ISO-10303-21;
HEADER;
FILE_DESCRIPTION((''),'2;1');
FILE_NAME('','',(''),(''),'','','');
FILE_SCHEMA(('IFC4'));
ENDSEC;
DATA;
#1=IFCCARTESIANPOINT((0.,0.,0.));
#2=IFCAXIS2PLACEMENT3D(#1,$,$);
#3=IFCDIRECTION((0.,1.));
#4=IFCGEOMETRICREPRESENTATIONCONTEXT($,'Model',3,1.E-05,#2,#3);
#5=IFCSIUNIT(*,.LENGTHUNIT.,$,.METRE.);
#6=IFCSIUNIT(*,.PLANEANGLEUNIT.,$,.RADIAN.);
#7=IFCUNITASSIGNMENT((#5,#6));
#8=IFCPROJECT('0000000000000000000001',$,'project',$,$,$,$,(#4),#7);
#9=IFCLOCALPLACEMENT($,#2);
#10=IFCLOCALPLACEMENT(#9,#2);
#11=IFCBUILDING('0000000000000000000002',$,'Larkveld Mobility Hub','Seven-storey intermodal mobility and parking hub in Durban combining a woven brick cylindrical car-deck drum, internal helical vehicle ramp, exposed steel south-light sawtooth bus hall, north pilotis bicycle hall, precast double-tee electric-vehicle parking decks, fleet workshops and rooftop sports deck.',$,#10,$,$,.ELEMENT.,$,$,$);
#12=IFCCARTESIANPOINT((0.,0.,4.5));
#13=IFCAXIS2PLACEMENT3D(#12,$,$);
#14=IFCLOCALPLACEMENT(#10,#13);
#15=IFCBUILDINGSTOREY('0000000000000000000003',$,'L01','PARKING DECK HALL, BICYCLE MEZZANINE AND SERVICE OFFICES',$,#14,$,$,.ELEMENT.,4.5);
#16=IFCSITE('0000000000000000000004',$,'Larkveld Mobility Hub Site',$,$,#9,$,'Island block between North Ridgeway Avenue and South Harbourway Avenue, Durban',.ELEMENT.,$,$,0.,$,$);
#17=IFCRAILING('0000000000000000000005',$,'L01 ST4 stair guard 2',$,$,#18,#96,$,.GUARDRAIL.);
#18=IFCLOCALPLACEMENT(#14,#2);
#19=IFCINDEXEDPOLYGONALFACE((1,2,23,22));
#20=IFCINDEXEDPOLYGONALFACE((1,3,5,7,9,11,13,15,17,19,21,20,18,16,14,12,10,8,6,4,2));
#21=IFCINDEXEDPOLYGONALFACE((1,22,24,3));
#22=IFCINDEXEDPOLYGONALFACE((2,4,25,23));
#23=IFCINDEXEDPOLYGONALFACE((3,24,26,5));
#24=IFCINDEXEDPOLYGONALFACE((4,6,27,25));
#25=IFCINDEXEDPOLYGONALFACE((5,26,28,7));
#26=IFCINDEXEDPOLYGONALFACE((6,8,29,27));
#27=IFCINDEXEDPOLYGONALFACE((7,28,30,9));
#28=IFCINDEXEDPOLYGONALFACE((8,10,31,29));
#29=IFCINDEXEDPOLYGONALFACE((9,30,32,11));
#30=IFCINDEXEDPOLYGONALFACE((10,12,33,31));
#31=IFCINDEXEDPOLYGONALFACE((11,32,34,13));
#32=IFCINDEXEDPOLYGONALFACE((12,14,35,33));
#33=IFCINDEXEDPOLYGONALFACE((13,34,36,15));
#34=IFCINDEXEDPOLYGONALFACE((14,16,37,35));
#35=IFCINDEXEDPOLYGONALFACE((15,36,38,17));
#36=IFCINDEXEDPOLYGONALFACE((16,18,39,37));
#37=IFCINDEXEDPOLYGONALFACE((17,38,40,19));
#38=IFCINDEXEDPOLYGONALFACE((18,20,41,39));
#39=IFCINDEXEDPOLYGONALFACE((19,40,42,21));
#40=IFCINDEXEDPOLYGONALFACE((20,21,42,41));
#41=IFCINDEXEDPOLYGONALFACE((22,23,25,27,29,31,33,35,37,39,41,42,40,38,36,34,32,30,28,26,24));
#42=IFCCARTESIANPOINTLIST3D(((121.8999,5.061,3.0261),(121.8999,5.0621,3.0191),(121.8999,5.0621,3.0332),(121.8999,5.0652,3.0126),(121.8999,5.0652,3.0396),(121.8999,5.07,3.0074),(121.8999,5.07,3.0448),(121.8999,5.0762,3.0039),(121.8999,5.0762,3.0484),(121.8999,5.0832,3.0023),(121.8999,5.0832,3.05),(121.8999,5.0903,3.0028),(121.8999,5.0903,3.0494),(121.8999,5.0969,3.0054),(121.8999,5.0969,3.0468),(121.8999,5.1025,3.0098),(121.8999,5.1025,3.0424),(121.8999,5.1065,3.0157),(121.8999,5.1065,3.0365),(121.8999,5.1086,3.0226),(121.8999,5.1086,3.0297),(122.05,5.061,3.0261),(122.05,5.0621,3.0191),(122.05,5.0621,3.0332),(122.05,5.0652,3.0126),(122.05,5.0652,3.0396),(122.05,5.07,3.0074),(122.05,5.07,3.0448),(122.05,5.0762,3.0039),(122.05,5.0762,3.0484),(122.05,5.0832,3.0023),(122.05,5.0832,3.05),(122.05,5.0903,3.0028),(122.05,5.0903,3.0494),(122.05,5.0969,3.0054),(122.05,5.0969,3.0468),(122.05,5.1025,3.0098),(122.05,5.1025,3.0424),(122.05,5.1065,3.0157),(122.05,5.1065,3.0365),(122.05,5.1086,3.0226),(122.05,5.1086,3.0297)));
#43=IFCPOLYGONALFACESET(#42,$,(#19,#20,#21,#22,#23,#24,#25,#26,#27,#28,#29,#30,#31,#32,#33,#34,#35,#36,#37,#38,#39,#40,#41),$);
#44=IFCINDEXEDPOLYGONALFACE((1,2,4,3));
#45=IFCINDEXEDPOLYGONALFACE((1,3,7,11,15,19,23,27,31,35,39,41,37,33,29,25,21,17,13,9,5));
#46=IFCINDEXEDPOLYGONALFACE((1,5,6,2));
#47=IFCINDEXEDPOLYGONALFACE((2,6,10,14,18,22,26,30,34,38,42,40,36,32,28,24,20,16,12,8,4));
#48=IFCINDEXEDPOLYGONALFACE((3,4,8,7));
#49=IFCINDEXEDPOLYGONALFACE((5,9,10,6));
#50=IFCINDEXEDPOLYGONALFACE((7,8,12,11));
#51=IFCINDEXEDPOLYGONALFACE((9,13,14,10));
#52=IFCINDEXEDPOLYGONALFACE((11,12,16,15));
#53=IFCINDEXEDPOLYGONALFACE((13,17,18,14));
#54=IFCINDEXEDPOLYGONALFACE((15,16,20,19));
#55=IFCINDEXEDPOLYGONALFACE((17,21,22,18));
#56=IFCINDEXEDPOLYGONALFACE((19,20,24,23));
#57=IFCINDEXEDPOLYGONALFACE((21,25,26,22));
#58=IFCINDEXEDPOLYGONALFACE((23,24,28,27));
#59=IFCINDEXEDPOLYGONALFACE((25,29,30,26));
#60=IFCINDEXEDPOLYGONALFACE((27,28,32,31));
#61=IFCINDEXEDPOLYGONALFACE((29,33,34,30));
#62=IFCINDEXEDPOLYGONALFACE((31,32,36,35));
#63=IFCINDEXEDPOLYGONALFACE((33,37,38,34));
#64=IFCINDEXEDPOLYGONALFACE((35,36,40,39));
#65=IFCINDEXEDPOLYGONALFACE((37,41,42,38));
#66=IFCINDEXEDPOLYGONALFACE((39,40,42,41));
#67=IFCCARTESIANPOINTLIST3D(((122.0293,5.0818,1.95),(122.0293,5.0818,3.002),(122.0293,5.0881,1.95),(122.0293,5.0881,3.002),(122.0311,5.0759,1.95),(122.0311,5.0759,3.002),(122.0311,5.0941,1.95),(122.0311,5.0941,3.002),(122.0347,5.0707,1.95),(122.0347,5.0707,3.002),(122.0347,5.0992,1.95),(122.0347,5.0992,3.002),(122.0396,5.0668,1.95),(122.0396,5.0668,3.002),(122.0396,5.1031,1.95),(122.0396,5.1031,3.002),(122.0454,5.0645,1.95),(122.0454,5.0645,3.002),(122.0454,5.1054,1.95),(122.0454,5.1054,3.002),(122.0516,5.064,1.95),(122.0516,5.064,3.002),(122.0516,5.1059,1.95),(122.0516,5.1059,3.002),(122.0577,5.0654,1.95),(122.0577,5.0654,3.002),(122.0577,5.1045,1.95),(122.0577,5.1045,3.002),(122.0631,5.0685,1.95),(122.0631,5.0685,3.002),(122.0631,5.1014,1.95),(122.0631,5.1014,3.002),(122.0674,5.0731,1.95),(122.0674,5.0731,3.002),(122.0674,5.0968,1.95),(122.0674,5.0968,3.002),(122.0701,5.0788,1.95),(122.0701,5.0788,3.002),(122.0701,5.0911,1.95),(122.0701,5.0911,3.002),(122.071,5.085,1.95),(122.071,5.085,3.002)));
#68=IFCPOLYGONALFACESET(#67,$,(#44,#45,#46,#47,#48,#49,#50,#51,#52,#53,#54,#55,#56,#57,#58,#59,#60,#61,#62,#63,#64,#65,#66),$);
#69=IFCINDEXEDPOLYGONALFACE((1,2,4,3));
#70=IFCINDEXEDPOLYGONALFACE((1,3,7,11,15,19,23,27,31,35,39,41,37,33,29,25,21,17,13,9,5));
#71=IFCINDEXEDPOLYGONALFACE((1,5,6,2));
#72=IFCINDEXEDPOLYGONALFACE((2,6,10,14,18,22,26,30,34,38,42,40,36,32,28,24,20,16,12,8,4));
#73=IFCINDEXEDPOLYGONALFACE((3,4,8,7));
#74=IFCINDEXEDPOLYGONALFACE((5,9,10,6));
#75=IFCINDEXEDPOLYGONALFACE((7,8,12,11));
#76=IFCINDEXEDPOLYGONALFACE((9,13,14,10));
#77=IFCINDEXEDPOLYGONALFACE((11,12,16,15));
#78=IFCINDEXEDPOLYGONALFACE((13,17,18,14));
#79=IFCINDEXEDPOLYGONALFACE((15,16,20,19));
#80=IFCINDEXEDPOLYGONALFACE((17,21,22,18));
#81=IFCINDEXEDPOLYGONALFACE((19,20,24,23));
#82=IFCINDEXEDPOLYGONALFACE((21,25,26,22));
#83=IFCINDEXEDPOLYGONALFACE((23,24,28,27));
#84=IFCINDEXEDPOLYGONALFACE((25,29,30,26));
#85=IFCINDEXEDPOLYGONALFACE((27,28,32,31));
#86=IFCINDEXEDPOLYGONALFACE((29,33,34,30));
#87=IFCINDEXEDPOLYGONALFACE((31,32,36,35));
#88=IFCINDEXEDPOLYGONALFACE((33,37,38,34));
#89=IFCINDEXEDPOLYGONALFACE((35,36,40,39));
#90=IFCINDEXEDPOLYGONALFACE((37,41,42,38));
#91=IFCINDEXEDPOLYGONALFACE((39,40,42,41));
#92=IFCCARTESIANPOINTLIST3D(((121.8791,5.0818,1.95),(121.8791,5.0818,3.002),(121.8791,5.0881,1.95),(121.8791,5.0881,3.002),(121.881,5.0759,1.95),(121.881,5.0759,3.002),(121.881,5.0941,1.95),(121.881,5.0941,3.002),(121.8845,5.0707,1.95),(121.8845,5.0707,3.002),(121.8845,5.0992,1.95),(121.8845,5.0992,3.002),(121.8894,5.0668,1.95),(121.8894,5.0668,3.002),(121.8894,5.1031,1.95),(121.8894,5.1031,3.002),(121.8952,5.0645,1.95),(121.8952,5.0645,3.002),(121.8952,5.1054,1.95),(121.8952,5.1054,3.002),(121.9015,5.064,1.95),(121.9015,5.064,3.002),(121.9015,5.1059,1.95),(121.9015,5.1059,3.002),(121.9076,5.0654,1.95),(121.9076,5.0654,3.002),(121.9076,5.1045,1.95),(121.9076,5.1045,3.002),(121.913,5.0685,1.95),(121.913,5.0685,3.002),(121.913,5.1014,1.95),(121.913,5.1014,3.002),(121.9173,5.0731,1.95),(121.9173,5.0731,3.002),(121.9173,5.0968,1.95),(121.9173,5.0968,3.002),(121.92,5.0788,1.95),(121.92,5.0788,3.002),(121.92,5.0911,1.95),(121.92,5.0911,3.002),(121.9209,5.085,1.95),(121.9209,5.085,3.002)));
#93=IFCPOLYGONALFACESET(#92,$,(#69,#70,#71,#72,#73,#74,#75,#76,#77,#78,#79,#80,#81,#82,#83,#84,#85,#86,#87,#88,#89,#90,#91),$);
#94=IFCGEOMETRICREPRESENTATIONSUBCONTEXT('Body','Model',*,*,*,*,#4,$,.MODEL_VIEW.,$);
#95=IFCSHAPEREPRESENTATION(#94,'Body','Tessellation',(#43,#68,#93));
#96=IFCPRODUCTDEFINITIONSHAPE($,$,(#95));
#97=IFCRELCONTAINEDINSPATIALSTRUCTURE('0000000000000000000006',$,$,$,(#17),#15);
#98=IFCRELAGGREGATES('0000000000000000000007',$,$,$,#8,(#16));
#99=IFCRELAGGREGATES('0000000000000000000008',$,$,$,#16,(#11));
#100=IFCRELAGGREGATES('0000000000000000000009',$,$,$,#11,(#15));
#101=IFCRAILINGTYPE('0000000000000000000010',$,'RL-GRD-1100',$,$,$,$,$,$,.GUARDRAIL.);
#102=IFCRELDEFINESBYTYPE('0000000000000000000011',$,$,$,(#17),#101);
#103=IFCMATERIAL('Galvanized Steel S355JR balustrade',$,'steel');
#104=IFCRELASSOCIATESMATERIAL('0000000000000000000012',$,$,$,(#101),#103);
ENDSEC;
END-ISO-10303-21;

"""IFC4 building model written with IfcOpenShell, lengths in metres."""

from ifc_helpers import new_model, si_unit, direction, frame, origin, origin_2d, place, context, subcontext, project, spatial, circle, extrude, material, type_object, element, save


model = new_model("IFC4")

# Units and contexts
model_context = context("Model", 3, precision=1e-05, world=origin(), true_north=direction((0.0, 1.0)))
body_context = subcontext(model_context, "Body", "Model", "MODEL_VIEW")
ifc_project = project(units=[si_unit("LENGTHUNIT", "METRE"), si_unit("PLANEANGLEUNIT", "RADIAN")], contexts=[model_context])

# Site, building, storey
site_placement = place(None, origin())
site = spatial("IfcSite", under=ifc_project, at=site_placement, Name="Larkveld Mobility Hub Site", LongName="Island block between North Ridgeway Avenue and South Harbourway Avenue, Durban", CompositionType="ELEMENT", RefElevation=0.0)
building_placement = place(site_placement, origin())
building = spatial("IfcBuilding", under=site, at=building_placement, Name="Larkveld Mobility Hub", Description="Seven-storey intermodal mobility and parking hub in Durban combining a woven brick cylindrical car-deck drum, internal helical vehicle ramp, exposed steel south-light sawtooth bus hall, north pilotis bicycle hall, precast double-tee electric-vehicle parking decks, fleet workshops and rooftop sports deck.", CompositionType="ELEMENT")
storey_placement = place(building_placement, frame((0.0, 0.0, 4.5)))
storey = spatial("IfcBuildingStorey", under=building, at=storey_placement, Name="L01", Description="PARKING DECK HALL, BICYCLE MEZZANINE AND SERVICE OFFICES", CompositionType="ELEMENT", Elevation=4.5)

# Railing
ifc_material_1 = material(Name="Galvanized Steel S355JR balustrade", Category="steel")
railing_type_1 = type_object("IfcRailingType", Name="RL-GRD-1100", PredefinedType="GUARDRAIL", material=ifc_material_1)
railing_1_placement = place(storey_placement, frame((122.05, 5.085, 1.95)))
element("IfcRailing", 1, at=railing_1_placement, inside=storey, type_object=railing_type_1, Name="L01 ST4 stair guard 2", PredefinedType="GUARDRAIL", context=body_context, shape_type="SweptSolid", body=[
    extrude(circle(Radius=0.0239, at=origin_2d()), frame((0.0, 0.0, 1.0762), z_axis=(-1.0, 0.0, 0.0), x_axis=(0.0, -1.0, 0.0)), (0.0, 0.0, 1.0), 0.1501),
    extrude(circle(Radius=0.021, at=origin_2d()), origin(), (0.0, 0.0, 1.0), 1.052),
    extrude(circle(Radius=0.021, at=origin_2d()), frame((-0.1501, 0.0, 0.0)), (0.0, 0.0, 1.0), 1.052),
])

save(model, "model.ifc")
